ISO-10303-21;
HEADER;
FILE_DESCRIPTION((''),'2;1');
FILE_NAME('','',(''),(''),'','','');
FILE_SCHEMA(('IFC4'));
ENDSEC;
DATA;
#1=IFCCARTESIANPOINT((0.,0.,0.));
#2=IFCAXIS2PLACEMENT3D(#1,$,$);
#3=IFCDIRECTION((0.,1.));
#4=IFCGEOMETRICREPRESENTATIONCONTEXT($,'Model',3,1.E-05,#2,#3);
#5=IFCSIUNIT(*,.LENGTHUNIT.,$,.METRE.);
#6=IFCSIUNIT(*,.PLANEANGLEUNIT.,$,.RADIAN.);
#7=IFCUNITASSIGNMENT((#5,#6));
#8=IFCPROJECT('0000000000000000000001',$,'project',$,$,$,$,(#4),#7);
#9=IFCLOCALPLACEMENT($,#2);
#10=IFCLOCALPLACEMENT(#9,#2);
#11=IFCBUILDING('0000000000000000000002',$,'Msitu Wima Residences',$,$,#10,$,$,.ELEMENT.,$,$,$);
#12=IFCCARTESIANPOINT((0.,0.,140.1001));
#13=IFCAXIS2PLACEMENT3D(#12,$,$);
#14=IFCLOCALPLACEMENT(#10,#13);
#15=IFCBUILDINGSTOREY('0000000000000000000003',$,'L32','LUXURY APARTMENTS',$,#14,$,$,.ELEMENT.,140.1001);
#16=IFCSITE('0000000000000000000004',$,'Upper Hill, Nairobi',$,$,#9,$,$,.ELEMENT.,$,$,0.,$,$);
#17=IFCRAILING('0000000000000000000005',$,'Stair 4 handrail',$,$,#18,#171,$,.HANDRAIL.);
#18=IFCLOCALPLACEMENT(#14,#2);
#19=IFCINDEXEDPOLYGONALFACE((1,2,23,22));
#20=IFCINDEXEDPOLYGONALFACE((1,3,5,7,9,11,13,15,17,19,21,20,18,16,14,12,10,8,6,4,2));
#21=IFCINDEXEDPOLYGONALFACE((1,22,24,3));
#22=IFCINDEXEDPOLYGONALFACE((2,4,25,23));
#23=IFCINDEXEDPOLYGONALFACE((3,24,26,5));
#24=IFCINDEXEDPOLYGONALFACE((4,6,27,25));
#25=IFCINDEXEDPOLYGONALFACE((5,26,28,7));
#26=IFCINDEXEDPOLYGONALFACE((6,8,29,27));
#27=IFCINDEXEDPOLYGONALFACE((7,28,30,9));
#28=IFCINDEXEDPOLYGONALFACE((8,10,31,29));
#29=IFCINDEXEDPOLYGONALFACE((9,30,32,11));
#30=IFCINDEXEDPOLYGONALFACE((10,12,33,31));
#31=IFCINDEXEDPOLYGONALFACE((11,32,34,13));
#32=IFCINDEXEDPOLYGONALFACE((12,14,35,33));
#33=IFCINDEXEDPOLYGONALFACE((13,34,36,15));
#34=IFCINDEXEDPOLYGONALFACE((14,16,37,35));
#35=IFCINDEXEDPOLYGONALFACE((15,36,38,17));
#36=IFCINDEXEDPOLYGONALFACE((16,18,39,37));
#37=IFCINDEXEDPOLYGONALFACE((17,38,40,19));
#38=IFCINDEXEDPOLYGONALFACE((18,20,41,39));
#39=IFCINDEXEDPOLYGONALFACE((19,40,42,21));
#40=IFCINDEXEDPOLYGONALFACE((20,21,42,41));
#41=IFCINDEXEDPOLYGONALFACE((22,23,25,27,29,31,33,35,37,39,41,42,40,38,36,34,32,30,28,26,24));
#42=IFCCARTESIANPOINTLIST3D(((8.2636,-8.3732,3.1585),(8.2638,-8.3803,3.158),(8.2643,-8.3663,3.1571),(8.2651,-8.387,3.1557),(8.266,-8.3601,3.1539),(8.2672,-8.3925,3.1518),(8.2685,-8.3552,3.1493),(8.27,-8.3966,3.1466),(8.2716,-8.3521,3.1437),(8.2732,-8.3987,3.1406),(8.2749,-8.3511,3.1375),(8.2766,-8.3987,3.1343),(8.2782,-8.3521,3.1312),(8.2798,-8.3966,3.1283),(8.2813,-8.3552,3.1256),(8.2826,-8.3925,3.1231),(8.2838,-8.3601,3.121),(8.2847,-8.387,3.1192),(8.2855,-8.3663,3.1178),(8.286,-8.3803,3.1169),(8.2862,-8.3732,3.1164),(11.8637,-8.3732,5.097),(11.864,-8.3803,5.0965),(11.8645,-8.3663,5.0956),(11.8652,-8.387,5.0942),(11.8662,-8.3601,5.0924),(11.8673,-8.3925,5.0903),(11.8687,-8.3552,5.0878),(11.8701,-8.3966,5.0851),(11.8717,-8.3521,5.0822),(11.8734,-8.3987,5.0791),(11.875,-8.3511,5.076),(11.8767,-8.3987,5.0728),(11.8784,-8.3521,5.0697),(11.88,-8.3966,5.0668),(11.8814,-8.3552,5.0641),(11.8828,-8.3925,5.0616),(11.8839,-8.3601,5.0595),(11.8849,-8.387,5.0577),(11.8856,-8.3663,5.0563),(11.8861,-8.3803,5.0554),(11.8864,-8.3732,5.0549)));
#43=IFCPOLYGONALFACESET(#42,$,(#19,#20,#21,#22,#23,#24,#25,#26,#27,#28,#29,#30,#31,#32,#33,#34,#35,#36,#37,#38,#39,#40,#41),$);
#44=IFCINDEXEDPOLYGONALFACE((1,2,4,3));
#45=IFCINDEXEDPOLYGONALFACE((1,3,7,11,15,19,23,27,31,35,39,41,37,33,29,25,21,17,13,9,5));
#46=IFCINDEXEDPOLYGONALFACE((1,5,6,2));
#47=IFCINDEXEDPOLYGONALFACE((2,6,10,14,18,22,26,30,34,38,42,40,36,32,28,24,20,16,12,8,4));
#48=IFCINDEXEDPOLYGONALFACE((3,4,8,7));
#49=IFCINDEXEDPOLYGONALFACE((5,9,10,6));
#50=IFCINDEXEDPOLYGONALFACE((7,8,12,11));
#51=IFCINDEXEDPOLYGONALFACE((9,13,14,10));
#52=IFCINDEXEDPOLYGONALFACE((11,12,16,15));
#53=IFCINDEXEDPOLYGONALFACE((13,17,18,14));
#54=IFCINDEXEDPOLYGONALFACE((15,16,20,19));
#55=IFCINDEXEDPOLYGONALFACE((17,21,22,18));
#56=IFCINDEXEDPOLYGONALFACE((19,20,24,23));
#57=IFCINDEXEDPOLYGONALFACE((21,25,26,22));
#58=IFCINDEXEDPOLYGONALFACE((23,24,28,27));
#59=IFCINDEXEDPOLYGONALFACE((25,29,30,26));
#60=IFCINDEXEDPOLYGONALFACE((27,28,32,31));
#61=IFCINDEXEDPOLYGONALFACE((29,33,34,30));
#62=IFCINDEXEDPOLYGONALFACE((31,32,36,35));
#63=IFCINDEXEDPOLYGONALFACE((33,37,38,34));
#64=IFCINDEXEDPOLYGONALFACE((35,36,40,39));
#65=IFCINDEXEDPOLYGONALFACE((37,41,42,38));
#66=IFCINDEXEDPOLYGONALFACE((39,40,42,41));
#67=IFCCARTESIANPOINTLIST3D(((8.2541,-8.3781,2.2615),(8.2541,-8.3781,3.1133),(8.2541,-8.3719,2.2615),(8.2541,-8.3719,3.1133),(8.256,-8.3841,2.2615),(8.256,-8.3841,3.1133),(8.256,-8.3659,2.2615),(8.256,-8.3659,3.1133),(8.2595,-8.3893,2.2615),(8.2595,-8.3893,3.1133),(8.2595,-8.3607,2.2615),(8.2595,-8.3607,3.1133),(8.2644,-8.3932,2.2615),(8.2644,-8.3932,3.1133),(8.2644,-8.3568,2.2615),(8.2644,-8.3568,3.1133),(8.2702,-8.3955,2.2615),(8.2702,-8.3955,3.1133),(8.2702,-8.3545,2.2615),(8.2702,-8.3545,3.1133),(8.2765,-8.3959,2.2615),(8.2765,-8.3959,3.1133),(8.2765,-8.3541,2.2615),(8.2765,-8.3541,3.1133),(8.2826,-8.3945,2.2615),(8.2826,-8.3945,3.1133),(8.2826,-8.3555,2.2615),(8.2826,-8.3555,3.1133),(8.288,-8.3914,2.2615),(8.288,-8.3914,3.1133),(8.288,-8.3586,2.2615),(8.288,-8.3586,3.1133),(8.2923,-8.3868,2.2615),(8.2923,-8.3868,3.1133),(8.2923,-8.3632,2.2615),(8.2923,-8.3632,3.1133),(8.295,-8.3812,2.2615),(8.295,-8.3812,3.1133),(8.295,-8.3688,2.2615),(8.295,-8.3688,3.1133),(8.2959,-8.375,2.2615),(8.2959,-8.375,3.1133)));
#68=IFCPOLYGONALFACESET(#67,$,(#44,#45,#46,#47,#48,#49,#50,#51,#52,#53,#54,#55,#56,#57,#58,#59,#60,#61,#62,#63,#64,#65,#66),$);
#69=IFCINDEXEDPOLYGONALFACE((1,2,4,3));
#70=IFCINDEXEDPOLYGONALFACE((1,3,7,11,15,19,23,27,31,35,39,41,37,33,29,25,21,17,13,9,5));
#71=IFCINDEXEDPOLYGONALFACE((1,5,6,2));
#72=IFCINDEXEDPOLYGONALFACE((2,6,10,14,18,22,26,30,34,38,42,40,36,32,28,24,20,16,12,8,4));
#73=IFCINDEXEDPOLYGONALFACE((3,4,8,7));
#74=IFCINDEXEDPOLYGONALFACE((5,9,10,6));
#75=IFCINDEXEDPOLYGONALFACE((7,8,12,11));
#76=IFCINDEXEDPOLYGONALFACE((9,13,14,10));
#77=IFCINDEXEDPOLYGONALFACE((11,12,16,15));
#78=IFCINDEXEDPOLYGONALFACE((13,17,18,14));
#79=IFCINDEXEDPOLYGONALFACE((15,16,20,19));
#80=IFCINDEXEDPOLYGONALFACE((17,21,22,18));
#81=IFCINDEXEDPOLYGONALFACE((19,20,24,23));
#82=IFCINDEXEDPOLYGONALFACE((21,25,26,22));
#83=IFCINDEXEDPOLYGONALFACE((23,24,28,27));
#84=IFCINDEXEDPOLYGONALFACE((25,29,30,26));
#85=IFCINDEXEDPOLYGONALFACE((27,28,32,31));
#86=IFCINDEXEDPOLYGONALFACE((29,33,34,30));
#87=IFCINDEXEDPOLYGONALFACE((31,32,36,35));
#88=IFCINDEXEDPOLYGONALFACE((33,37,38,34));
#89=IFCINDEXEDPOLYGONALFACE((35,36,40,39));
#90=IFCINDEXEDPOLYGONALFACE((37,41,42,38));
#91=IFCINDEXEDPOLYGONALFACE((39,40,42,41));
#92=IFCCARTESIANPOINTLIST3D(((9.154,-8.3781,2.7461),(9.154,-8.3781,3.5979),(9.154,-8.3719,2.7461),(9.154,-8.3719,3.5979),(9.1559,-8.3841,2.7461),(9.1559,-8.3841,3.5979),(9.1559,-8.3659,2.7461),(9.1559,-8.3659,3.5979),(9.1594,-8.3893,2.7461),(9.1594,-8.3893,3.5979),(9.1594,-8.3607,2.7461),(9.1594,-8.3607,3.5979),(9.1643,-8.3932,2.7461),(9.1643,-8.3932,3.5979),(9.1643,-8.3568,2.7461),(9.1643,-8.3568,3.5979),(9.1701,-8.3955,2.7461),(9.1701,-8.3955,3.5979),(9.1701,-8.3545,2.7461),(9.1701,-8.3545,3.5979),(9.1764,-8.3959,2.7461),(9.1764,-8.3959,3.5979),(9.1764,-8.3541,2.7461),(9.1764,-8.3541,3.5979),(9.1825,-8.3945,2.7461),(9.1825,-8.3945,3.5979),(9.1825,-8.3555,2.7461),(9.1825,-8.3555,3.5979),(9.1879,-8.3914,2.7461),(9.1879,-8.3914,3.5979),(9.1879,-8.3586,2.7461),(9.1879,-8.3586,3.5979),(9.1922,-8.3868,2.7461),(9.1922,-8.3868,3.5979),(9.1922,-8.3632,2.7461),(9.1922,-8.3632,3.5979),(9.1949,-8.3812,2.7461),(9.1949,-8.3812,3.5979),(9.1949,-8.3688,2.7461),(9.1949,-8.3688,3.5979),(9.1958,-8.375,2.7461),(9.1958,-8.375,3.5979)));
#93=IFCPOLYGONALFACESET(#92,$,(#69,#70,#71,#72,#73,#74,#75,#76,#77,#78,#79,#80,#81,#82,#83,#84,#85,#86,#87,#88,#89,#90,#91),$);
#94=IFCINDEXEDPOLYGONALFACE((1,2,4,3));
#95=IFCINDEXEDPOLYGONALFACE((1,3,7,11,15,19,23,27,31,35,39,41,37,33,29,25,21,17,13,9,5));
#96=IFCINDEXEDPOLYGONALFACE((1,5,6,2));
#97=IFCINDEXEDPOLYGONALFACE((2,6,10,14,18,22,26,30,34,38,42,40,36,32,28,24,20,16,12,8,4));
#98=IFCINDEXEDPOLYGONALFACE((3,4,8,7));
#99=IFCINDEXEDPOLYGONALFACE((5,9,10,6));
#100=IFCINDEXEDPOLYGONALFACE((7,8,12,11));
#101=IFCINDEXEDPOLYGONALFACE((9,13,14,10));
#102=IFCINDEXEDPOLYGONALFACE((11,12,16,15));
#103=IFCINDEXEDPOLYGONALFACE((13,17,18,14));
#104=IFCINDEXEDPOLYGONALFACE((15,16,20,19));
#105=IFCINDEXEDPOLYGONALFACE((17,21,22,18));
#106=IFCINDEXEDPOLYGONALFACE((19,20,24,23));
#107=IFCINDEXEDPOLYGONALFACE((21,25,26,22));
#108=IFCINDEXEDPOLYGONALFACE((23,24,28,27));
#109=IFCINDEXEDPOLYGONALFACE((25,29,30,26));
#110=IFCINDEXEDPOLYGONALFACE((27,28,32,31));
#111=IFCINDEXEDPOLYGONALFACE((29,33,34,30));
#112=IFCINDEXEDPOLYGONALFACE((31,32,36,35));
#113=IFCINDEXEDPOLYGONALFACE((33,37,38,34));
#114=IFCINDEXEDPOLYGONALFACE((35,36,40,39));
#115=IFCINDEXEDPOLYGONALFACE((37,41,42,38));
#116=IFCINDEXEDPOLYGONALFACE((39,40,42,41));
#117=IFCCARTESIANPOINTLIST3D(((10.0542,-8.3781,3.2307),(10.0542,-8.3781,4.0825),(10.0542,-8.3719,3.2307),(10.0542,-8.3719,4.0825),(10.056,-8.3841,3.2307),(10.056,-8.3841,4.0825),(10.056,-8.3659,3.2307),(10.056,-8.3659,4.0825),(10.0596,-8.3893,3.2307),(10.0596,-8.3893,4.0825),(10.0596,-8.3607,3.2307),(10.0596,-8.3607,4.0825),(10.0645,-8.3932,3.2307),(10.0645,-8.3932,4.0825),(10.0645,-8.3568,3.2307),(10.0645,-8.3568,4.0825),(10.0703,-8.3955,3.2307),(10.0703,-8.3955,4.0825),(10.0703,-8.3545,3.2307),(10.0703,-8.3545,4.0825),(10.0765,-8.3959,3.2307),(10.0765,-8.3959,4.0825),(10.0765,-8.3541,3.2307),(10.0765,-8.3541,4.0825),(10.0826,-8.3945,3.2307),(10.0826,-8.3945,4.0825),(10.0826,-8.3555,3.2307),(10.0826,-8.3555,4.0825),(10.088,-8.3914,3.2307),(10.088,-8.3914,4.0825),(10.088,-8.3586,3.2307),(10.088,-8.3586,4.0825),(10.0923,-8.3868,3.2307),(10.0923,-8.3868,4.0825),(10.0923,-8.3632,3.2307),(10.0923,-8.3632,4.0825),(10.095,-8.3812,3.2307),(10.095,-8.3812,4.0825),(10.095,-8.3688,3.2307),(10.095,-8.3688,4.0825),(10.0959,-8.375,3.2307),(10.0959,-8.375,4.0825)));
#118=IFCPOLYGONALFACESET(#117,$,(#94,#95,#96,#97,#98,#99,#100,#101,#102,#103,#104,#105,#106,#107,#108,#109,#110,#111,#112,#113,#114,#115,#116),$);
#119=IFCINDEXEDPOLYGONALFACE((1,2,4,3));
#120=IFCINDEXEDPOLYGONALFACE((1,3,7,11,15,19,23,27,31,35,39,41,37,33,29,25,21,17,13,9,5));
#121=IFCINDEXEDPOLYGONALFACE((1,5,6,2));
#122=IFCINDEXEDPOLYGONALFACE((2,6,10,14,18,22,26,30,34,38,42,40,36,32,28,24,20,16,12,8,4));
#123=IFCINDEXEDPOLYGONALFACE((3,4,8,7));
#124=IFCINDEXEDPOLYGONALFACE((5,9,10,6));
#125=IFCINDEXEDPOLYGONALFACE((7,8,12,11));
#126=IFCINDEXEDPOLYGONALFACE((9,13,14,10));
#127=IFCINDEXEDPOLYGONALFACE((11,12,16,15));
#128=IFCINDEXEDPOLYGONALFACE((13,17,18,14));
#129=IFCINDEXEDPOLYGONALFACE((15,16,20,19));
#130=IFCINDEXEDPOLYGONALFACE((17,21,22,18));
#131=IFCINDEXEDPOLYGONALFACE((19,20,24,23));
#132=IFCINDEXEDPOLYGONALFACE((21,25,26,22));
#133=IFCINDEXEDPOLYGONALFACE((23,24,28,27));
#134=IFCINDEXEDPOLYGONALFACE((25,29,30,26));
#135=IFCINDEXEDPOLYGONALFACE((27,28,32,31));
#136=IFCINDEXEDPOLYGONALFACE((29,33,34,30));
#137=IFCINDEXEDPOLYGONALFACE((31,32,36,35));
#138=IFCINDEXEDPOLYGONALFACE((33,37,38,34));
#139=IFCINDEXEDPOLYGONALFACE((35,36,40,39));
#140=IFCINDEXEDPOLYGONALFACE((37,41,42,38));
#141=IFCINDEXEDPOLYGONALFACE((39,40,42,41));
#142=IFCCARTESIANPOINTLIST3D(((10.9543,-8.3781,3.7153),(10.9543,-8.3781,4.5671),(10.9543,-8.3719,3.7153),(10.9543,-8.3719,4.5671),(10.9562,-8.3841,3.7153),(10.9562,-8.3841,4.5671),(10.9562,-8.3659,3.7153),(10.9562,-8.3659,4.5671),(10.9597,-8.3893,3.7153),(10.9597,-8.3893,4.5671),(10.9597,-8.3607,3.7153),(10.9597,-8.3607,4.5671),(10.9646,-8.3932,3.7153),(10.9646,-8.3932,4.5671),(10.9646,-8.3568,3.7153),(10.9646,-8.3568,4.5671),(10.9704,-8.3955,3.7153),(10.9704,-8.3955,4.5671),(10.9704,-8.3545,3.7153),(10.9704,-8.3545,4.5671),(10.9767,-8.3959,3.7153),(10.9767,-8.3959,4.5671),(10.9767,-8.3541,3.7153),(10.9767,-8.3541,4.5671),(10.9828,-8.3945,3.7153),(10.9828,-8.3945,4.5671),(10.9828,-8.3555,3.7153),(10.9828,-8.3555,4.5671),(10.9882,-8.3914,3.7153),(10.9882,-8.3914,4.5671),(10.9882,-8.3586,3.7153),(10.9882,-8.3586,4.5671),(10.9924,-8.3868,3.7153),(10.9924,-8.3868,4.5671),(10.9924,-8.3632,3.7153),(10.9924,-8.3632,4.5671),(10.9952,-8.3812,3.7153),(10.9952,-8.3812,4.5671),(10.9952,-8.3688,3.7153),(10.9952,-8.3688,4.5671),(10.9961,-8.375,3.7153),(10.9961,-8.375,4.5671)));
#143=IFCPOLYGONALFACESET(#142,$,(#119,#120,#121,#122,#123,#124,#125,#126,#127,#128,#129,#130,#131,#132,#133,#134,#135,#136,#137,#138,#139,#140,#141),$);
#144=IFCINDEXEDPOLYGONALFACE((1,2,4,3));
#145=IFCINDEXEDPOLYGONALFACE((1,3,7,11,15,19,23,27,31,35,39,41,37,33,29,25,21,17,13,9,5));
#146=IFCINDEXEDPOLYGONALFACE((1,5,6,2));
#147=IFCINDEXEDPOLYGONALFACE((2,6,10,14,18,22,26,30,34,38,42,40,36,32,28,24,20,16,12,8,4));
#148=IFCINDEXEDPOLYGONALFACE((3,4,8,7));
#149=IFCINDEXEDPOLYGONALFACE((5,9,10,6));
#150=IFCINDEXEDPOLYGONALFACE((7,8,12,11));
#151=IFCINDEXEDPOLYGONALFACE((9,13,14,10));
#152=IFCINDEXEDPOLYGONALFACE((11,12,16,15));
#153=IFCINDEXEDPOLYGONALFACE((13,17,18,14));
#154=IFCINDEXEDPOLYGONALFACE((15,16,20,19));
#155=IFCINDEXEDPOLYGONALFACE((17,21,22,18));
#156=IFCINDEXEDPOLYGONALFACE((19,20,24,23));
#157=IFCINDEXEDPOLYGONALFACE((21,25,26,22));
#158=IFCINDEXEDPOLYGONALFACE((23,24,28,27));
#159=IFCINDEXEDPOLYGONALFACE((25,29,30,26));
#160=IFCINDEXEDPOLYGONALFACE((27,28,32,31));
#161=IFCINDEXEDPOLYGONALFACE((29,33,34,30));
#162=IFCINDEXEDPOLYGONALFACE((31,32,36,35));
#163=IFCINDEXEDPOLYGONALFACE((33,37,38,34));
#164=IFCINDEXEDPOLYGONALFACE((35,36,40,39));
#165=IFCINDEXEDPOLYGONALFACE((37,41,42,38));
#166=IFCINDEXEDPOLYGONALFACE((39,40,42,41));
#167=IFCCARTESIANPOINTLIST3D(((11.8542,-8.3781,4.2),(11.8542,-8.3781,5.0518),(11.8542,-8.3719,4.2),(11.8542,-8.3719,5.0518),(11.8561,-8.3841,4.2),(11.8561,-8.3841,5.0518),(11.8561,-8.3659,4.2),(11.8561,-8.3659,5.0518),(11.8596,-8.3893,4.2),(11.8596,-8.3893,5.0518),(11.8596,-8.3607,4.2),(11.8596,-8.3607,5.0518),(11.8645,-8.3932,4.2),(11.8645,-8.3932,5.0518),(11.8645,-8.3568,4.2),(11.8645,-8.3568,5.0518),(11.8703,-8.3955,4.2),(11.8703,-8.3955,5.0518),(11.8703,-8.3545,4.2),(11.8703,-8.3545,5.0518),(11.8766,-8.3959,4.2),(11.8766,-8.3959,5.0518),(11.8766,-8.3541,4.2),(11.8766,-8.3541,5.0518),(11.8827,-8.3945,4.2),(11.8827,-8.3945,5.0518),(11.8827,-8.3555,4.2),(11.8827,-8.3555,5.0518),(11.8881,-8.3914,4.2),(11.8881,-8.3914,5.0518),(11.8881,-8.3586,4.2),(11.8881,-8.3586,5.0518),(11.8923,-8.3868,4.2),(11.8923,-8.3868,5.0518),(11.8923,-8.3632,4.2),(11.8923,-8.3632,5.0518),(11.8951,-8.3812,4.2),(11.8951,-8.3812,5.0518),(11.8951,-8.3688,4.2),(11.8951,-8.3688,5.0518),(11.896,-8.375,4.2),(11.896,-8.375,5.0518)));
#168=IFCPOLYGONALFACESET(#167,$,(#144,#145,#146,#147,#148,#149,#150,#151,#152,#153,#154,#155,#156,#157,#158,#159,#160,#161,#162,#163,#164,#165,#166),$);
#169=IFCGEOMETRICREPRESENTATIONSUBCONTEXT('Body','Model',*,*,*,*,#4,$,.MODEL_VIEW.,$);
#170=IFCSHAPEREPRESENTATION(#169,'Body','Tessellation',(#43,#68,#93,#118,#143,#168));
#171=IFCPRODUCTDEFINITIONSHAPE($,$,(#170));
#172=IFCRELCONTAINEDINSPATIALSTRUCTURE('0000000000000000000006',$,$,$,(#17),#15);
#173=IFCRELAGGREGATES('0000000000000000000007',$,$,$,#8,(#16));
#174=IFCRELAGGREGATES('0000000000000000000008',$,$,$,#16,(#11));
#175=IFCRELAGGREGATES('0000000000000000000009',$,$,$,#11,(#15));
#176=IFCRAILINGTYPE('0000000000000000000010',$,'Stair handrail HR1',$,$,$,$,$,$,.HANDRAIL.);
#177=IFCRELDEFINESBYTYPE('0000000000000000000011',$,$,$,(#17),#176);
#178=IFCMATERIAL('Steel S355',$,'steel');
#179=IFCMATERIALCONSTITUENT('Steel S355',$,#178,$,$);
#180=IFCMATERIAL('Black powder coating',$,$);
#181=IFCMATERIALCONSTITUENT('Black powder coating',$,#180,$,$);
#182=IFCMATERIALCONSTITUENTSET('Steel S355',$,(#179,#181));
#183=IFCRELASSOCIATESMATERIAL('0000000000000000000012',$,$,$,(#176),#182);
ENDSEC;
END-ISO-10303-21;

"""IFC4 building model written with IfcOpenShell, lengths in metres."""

from ifc_helpers import new_model, si_unit, direction, frame, origin, origin_2d, place, context, subcontext, project, spatial, circle, extrude, material, constituent, constituent_set, type_object, element, save


model = new_model("IFC4")

# Units and contexts
model_context = context("Model", 3, precision=1e-05, world=origin(), true_north=direction((0.0, 1.0)))
body_context = subcontext(model_context, "Body", "Model", "MODEL_VIEW")
ifc_project = project(units=[si_unit("LENGTHUNIT", "METRE"), si_unit("PLANEANGLEUNIT", "RADIAN")], contexts=[model_context])

# Site, building, storey
site_placement = place(None, origin())
site = spatial("IfcSite", under=ifc_project, at=site_placement, Name="Upper Hill, Nairobi", CompositionType="ELEMENT", RefElevation=0.0)
building_placement = place(site_placement, origin())
building = spatial("IfcBuilding", under=site, at=building_placement, Name="Msitu Wima Residences", CompositionType="ELEMENT")
storey_placement = place(building_placement, frame((0.0, 0.0, 140.1001)))
storey = spatial("IfcBuildingStorey", under=building, at=storey_placement, Name="L32", Description="LUXURY APARTMENTS", CompositionType="ELEMENT", Elevation=140.1001)

# Railing
ifc_material_1 = material(Name="Steel S355", Category="steel")
ifc_constituent_1 = constituent(ifc_material_1, Name="Steel S355")
ifc_material_2 = material(Name="Black powder coating")
ifc_constituent_2 = constituent(ifc_material_2, Name="Black powder coating")
ifc_constituent_set = constituent_set(constituents=[ifc_constituent_1, ifc_constituent_2], Name="Steel S355")
railing_type = type_object("IfcRailingType", Name="Stair handrail HR1", PredefinedType="HANDRAIL", material=ifc_constituent_set)
for number, where, name in (
    (1, (8.2749, -8.375, 2.2615), "Stair 4 handrail"),
):
    element("IfcRailing", number, at=place(storey_placement, frame(where)), inside=storey, type_object=railing_type, Name=name, PredefinedType="HANDRAIL", context=body_context, shape_type="SweptSolid", body=[
        extrude(circle(Radius=0.0239, at=origin_2d()), frame((0.0, 0.0, 0.876), z_axis=(0.880475, 0.0, 0.474093), x_axis=(0.0, 1.0, 0.0)), (0.0, 0.0, 1.0), 4.0889),
        extrude(circle(Radius=0.021, at=origin_2d()), origin(), (0.0, 0.0, 1.0), 0.8518),
        extrude(circle(Radius=0.021, at=origin_2d()), frame((0.8999, 0.0, 0.4846)), (0.0, 0.0, 1.0), 0.8518),
        extrude(circle(Radius=0.021, at=origin_2d()), frame((1.8, 0.0, 0.9692)), (0.0, 0.0, 1.0), 0.8518),
        extrude(circle(Radius=0.021, at=origin_2d()), frame((2.7002, 0.0, 1.4539)), (0.0, 0.0, 1.0), 0.8518),
        extrude(circle(Radius=0.021, at=origin_2d()), frame((3.6001, 0.0, 1.9385)), (0.0, 0.0, 1.0), 0.8518),
    ])

save(model, "model.ifc")
